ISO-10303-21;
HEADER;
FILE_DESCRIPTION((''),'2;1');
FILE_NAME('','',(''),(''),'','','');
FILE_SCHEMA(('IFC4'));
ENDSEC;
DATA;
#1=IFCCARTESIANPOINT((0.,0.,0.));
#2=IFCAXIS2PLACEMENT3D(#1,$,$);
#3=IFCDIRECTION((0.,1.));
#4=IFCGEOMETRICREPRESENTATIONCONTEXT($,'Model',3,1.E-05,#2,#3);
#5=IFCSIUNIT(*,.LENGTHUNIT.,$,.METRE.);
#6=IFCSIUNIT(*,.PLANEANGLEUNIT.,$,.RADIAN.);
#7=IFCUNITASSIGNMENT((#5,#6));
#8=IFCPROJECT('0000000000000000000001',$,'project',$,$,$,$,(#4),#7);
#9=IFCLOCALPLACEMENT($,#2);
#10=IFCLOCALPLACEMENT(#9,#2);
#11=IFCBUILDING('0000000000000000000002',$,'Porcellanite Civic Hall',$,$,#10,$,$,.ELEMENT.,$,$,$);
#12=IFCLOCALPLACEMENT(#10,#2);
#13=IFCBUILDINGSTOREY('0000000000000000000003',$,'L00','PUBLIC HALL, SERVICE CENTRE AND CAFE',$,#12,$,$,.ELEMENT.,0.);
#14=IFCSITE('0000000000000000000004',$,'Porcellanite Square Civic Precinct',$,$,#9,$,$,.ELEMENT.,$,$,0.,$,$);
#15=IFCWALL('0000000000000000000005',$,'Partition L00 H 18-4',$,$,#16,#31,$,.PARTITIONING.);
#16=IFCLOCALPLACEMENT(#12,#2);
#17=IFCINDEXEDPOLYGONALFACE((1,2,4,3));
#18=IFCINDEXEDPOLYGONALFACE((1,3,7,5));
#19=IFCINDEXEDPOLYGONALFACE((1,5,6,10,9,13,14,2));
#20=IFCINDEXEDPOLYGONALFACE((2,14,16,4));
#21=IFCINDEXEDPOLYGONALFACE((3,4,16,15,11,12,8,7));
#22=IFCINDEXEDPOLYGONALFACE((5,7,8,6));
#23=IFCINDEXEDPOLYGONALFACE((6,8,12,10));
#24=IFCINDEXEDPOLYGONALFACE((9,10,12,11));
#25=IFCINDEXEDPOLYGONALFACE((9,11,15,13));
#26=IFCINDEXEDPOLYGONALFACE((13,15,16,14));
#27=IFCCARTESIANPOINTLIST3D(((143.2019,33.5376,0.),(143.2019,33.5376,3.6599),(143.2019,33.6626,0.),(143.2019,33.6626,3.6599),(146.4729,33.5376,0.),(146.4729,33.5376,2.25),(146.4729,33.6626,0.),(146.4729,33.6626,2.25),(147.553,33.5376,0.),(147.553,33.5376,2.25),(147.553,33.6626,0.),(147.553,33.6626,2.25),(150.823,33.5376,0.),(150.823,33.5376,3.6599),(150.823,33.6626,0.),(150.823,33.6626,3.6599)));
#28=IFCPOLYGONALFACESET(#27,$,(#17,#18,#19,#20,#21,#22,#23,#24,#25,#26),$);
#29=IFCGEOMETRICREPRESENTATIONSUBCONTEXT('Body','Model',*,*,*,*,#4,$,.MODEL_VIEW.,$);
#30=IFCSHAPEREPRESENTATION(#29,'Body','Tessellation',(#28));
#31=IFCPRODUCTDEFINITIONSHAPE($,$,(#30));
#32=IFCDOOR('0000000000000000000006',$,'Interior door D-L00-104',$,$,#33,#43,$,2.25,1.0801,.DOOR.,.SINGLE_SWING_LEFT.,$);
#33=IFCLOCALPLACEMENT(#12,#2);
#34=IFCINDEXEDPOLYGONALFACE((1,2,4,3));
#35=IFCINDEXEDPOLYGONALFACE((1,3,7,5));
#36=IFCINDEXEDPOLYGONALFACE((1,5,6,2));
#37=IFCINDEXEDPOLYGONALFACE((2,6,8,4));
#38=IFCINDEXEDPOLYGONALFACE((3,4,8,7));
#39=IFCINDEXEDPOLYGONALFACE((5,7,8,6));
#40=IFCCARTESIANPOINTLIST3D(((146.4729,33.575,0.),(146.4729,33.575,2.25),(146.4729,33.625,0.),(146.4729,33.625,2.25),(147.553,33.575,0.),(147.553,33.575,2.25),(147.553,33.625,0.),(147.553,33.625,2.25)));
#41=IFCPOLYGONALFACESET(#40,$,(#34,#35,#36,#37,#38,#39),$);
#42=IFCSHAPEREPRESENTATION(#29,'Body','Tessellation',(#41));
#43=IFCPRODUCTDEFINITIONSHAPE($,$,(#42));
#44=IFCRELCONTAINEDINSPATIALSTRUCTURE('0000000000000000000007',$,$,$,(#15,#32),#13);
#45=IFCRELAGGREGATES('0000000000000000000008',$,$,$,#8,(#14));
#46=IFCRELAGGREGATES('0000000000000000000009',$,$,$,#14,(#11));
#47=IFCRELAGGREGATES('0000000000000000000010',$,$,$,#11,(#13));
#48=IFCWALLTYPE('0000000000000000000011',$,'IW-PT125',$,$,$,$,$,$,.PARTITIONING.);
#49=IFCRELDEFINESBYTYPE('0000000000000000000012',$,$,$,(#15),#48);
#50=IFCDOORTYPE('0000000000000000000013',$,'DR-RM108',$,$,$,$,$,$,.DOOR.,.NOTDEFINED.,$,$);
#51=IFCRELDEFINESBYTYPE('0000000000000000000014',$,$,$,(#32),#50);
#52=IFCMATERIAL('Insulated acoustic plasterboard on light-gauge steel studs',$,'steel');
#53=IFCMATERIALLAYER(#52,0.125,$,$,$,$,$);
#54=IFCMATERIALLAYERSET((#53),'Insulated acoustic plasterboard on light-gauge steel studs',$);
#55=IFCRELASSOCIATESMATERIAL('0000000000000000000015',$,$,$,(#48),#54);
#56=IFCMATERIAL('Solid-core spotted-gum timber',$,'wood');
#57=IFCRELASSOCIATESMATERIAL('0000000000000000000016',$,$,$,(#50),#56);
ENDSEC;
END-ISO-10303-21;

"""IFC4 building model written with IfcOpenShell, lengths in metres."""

from ifc_helpers import new_model, si_unit, direction, frame, frame_2d, origin, place, context, subcontext, project, spatial, rectangle, extrude, material, layer, layer_set, type_object, element, fill, save


model = new_model("IFC4")

# Units and contexts
model_context = context("Model", 3, precision=1e-05, world=origin(), true_north=direction((0.0, 1.0)))
body_context = subcontext(model_context, "Body", "Model", "MODEL_VIEW")
ifc_project = project(units=[si_unit("LENGTHUNIT", "METRE"), si_unit("PLANEANGLEUNIT", "RADIAN")], contexts=[model_context])

# Site, building, storey
site_placement = place(None, origin())
site = spatial("IfcSite", under=ifc_project, at=site_placement, Name="Porcellanite Square Civic Precinct", CompositionType="ELEMENT", RefElevation=0.0)
building_placement = place(site_placement, origin())
building = spatial("IfcBuilding", under=site, at=building_placement, Name="Porcellanite Civic Hall", CompositionType="ELEMENT")
storey_placement = place(building_placement, origin())
storey = spatial("IfcBuildingStorey", under=building, at=storey_placement, Name="L00", Description="PUBLIC HALL, SERVICE CENTRE AND CAFE", CompositionType="ELEMENT", Elevation=0.0)

# Wall, opening, door
ifc_material_1 = material(Name="Insulated acoustic plasterboard on light-gauge steel studs", Category="steel")
ifc_layer_1 = layer(ifc_material_1, 0.125)
ifc_layer_set_1 = layer_set([ifc_layer_1], Name="Insulated acoustic plasterboard on light-gauge steel studs")
wall_type_1 = type_object("IfcWallType", Name="IW-PT125", PredefinedType="PARTITIONING", material=ifc_layer_set_1)
wall_1_placement = place(storey_placement, frame((143.2019, 33.6001, 0.0), z_axis=(0.0, 0.0, 1.0), x_axis=(1.0, 0.0, 0.0)))
wall_1 = element("IfcWall", 1, at=wall_1_placement, inside=storey, type_object=wall_type_1, Name="Partition L00 H 18-4", PredefinedType="PARTITIONING", context=body_context, shape_type="SweptSolid", body=[
    extrude(rectangle(XDim=7.6211, YDim=0.125, at=frame_2d((3.8105, 0.0))), origin(), (0.0, 0.0, 1.0), 3.6599),
])
opening_1_placement = place(wall_1_placement, frame((3.271, 0.0, 0.0)))
opening_1 = element("IfcOpeningElement", 2, at=opening_1_placement, cuts=wall_1, PredefinedType="OPENING", context=body_context, shape_type="SweptSolid", body=[
    extrude(rectangle(XDim=1.0801, YDim=2.25, at=frame_2d((0.54, 1.125))), frame((0.0, 0.0625, 0.0), z_axis=(0.0, -1.0, 0.0), x_axis=(1.0, 0.0, 0.0)), (0.0, 0.0, 1.0), 0.125),
])
ifc_material_2 = material(Name="Solid-core spotted-gum timber", Category="wood")
door_type_1 = type_object("IfcDoorType", Name="DR-RM108", OperationType="NOTDEFINED", PredefinedType="DOOR", material=ifc_material_2)
door_1_placement = place(opening_1_placement, origin())
door_1 = element("IfcDoor", 3, at=door_1_placement, inside=storey, type_object=door_type_1, Name="Interior door D-L00-104", OperationType="SINGLE_SWING_LEFT", OverallHeight=2.25, OverallWidth=1.0801, PredefinedType="DOOR", context=body_context, shape_type="SweptSolid", body=[
    extrude(rectangle(XDim=1.0801, YDim=2.25, at=frame_2d((0.54, 1.125))), frame((0.0, 0.0249, 0.0), z_axis=(0.0, -1.0, 0.0), x_axis=(1.0, 0.0, 0.0)), (0.0, 0.0, 1.0), 0.05),
])
fill(opening_1, door_1)

save(model, "model.ifc")
